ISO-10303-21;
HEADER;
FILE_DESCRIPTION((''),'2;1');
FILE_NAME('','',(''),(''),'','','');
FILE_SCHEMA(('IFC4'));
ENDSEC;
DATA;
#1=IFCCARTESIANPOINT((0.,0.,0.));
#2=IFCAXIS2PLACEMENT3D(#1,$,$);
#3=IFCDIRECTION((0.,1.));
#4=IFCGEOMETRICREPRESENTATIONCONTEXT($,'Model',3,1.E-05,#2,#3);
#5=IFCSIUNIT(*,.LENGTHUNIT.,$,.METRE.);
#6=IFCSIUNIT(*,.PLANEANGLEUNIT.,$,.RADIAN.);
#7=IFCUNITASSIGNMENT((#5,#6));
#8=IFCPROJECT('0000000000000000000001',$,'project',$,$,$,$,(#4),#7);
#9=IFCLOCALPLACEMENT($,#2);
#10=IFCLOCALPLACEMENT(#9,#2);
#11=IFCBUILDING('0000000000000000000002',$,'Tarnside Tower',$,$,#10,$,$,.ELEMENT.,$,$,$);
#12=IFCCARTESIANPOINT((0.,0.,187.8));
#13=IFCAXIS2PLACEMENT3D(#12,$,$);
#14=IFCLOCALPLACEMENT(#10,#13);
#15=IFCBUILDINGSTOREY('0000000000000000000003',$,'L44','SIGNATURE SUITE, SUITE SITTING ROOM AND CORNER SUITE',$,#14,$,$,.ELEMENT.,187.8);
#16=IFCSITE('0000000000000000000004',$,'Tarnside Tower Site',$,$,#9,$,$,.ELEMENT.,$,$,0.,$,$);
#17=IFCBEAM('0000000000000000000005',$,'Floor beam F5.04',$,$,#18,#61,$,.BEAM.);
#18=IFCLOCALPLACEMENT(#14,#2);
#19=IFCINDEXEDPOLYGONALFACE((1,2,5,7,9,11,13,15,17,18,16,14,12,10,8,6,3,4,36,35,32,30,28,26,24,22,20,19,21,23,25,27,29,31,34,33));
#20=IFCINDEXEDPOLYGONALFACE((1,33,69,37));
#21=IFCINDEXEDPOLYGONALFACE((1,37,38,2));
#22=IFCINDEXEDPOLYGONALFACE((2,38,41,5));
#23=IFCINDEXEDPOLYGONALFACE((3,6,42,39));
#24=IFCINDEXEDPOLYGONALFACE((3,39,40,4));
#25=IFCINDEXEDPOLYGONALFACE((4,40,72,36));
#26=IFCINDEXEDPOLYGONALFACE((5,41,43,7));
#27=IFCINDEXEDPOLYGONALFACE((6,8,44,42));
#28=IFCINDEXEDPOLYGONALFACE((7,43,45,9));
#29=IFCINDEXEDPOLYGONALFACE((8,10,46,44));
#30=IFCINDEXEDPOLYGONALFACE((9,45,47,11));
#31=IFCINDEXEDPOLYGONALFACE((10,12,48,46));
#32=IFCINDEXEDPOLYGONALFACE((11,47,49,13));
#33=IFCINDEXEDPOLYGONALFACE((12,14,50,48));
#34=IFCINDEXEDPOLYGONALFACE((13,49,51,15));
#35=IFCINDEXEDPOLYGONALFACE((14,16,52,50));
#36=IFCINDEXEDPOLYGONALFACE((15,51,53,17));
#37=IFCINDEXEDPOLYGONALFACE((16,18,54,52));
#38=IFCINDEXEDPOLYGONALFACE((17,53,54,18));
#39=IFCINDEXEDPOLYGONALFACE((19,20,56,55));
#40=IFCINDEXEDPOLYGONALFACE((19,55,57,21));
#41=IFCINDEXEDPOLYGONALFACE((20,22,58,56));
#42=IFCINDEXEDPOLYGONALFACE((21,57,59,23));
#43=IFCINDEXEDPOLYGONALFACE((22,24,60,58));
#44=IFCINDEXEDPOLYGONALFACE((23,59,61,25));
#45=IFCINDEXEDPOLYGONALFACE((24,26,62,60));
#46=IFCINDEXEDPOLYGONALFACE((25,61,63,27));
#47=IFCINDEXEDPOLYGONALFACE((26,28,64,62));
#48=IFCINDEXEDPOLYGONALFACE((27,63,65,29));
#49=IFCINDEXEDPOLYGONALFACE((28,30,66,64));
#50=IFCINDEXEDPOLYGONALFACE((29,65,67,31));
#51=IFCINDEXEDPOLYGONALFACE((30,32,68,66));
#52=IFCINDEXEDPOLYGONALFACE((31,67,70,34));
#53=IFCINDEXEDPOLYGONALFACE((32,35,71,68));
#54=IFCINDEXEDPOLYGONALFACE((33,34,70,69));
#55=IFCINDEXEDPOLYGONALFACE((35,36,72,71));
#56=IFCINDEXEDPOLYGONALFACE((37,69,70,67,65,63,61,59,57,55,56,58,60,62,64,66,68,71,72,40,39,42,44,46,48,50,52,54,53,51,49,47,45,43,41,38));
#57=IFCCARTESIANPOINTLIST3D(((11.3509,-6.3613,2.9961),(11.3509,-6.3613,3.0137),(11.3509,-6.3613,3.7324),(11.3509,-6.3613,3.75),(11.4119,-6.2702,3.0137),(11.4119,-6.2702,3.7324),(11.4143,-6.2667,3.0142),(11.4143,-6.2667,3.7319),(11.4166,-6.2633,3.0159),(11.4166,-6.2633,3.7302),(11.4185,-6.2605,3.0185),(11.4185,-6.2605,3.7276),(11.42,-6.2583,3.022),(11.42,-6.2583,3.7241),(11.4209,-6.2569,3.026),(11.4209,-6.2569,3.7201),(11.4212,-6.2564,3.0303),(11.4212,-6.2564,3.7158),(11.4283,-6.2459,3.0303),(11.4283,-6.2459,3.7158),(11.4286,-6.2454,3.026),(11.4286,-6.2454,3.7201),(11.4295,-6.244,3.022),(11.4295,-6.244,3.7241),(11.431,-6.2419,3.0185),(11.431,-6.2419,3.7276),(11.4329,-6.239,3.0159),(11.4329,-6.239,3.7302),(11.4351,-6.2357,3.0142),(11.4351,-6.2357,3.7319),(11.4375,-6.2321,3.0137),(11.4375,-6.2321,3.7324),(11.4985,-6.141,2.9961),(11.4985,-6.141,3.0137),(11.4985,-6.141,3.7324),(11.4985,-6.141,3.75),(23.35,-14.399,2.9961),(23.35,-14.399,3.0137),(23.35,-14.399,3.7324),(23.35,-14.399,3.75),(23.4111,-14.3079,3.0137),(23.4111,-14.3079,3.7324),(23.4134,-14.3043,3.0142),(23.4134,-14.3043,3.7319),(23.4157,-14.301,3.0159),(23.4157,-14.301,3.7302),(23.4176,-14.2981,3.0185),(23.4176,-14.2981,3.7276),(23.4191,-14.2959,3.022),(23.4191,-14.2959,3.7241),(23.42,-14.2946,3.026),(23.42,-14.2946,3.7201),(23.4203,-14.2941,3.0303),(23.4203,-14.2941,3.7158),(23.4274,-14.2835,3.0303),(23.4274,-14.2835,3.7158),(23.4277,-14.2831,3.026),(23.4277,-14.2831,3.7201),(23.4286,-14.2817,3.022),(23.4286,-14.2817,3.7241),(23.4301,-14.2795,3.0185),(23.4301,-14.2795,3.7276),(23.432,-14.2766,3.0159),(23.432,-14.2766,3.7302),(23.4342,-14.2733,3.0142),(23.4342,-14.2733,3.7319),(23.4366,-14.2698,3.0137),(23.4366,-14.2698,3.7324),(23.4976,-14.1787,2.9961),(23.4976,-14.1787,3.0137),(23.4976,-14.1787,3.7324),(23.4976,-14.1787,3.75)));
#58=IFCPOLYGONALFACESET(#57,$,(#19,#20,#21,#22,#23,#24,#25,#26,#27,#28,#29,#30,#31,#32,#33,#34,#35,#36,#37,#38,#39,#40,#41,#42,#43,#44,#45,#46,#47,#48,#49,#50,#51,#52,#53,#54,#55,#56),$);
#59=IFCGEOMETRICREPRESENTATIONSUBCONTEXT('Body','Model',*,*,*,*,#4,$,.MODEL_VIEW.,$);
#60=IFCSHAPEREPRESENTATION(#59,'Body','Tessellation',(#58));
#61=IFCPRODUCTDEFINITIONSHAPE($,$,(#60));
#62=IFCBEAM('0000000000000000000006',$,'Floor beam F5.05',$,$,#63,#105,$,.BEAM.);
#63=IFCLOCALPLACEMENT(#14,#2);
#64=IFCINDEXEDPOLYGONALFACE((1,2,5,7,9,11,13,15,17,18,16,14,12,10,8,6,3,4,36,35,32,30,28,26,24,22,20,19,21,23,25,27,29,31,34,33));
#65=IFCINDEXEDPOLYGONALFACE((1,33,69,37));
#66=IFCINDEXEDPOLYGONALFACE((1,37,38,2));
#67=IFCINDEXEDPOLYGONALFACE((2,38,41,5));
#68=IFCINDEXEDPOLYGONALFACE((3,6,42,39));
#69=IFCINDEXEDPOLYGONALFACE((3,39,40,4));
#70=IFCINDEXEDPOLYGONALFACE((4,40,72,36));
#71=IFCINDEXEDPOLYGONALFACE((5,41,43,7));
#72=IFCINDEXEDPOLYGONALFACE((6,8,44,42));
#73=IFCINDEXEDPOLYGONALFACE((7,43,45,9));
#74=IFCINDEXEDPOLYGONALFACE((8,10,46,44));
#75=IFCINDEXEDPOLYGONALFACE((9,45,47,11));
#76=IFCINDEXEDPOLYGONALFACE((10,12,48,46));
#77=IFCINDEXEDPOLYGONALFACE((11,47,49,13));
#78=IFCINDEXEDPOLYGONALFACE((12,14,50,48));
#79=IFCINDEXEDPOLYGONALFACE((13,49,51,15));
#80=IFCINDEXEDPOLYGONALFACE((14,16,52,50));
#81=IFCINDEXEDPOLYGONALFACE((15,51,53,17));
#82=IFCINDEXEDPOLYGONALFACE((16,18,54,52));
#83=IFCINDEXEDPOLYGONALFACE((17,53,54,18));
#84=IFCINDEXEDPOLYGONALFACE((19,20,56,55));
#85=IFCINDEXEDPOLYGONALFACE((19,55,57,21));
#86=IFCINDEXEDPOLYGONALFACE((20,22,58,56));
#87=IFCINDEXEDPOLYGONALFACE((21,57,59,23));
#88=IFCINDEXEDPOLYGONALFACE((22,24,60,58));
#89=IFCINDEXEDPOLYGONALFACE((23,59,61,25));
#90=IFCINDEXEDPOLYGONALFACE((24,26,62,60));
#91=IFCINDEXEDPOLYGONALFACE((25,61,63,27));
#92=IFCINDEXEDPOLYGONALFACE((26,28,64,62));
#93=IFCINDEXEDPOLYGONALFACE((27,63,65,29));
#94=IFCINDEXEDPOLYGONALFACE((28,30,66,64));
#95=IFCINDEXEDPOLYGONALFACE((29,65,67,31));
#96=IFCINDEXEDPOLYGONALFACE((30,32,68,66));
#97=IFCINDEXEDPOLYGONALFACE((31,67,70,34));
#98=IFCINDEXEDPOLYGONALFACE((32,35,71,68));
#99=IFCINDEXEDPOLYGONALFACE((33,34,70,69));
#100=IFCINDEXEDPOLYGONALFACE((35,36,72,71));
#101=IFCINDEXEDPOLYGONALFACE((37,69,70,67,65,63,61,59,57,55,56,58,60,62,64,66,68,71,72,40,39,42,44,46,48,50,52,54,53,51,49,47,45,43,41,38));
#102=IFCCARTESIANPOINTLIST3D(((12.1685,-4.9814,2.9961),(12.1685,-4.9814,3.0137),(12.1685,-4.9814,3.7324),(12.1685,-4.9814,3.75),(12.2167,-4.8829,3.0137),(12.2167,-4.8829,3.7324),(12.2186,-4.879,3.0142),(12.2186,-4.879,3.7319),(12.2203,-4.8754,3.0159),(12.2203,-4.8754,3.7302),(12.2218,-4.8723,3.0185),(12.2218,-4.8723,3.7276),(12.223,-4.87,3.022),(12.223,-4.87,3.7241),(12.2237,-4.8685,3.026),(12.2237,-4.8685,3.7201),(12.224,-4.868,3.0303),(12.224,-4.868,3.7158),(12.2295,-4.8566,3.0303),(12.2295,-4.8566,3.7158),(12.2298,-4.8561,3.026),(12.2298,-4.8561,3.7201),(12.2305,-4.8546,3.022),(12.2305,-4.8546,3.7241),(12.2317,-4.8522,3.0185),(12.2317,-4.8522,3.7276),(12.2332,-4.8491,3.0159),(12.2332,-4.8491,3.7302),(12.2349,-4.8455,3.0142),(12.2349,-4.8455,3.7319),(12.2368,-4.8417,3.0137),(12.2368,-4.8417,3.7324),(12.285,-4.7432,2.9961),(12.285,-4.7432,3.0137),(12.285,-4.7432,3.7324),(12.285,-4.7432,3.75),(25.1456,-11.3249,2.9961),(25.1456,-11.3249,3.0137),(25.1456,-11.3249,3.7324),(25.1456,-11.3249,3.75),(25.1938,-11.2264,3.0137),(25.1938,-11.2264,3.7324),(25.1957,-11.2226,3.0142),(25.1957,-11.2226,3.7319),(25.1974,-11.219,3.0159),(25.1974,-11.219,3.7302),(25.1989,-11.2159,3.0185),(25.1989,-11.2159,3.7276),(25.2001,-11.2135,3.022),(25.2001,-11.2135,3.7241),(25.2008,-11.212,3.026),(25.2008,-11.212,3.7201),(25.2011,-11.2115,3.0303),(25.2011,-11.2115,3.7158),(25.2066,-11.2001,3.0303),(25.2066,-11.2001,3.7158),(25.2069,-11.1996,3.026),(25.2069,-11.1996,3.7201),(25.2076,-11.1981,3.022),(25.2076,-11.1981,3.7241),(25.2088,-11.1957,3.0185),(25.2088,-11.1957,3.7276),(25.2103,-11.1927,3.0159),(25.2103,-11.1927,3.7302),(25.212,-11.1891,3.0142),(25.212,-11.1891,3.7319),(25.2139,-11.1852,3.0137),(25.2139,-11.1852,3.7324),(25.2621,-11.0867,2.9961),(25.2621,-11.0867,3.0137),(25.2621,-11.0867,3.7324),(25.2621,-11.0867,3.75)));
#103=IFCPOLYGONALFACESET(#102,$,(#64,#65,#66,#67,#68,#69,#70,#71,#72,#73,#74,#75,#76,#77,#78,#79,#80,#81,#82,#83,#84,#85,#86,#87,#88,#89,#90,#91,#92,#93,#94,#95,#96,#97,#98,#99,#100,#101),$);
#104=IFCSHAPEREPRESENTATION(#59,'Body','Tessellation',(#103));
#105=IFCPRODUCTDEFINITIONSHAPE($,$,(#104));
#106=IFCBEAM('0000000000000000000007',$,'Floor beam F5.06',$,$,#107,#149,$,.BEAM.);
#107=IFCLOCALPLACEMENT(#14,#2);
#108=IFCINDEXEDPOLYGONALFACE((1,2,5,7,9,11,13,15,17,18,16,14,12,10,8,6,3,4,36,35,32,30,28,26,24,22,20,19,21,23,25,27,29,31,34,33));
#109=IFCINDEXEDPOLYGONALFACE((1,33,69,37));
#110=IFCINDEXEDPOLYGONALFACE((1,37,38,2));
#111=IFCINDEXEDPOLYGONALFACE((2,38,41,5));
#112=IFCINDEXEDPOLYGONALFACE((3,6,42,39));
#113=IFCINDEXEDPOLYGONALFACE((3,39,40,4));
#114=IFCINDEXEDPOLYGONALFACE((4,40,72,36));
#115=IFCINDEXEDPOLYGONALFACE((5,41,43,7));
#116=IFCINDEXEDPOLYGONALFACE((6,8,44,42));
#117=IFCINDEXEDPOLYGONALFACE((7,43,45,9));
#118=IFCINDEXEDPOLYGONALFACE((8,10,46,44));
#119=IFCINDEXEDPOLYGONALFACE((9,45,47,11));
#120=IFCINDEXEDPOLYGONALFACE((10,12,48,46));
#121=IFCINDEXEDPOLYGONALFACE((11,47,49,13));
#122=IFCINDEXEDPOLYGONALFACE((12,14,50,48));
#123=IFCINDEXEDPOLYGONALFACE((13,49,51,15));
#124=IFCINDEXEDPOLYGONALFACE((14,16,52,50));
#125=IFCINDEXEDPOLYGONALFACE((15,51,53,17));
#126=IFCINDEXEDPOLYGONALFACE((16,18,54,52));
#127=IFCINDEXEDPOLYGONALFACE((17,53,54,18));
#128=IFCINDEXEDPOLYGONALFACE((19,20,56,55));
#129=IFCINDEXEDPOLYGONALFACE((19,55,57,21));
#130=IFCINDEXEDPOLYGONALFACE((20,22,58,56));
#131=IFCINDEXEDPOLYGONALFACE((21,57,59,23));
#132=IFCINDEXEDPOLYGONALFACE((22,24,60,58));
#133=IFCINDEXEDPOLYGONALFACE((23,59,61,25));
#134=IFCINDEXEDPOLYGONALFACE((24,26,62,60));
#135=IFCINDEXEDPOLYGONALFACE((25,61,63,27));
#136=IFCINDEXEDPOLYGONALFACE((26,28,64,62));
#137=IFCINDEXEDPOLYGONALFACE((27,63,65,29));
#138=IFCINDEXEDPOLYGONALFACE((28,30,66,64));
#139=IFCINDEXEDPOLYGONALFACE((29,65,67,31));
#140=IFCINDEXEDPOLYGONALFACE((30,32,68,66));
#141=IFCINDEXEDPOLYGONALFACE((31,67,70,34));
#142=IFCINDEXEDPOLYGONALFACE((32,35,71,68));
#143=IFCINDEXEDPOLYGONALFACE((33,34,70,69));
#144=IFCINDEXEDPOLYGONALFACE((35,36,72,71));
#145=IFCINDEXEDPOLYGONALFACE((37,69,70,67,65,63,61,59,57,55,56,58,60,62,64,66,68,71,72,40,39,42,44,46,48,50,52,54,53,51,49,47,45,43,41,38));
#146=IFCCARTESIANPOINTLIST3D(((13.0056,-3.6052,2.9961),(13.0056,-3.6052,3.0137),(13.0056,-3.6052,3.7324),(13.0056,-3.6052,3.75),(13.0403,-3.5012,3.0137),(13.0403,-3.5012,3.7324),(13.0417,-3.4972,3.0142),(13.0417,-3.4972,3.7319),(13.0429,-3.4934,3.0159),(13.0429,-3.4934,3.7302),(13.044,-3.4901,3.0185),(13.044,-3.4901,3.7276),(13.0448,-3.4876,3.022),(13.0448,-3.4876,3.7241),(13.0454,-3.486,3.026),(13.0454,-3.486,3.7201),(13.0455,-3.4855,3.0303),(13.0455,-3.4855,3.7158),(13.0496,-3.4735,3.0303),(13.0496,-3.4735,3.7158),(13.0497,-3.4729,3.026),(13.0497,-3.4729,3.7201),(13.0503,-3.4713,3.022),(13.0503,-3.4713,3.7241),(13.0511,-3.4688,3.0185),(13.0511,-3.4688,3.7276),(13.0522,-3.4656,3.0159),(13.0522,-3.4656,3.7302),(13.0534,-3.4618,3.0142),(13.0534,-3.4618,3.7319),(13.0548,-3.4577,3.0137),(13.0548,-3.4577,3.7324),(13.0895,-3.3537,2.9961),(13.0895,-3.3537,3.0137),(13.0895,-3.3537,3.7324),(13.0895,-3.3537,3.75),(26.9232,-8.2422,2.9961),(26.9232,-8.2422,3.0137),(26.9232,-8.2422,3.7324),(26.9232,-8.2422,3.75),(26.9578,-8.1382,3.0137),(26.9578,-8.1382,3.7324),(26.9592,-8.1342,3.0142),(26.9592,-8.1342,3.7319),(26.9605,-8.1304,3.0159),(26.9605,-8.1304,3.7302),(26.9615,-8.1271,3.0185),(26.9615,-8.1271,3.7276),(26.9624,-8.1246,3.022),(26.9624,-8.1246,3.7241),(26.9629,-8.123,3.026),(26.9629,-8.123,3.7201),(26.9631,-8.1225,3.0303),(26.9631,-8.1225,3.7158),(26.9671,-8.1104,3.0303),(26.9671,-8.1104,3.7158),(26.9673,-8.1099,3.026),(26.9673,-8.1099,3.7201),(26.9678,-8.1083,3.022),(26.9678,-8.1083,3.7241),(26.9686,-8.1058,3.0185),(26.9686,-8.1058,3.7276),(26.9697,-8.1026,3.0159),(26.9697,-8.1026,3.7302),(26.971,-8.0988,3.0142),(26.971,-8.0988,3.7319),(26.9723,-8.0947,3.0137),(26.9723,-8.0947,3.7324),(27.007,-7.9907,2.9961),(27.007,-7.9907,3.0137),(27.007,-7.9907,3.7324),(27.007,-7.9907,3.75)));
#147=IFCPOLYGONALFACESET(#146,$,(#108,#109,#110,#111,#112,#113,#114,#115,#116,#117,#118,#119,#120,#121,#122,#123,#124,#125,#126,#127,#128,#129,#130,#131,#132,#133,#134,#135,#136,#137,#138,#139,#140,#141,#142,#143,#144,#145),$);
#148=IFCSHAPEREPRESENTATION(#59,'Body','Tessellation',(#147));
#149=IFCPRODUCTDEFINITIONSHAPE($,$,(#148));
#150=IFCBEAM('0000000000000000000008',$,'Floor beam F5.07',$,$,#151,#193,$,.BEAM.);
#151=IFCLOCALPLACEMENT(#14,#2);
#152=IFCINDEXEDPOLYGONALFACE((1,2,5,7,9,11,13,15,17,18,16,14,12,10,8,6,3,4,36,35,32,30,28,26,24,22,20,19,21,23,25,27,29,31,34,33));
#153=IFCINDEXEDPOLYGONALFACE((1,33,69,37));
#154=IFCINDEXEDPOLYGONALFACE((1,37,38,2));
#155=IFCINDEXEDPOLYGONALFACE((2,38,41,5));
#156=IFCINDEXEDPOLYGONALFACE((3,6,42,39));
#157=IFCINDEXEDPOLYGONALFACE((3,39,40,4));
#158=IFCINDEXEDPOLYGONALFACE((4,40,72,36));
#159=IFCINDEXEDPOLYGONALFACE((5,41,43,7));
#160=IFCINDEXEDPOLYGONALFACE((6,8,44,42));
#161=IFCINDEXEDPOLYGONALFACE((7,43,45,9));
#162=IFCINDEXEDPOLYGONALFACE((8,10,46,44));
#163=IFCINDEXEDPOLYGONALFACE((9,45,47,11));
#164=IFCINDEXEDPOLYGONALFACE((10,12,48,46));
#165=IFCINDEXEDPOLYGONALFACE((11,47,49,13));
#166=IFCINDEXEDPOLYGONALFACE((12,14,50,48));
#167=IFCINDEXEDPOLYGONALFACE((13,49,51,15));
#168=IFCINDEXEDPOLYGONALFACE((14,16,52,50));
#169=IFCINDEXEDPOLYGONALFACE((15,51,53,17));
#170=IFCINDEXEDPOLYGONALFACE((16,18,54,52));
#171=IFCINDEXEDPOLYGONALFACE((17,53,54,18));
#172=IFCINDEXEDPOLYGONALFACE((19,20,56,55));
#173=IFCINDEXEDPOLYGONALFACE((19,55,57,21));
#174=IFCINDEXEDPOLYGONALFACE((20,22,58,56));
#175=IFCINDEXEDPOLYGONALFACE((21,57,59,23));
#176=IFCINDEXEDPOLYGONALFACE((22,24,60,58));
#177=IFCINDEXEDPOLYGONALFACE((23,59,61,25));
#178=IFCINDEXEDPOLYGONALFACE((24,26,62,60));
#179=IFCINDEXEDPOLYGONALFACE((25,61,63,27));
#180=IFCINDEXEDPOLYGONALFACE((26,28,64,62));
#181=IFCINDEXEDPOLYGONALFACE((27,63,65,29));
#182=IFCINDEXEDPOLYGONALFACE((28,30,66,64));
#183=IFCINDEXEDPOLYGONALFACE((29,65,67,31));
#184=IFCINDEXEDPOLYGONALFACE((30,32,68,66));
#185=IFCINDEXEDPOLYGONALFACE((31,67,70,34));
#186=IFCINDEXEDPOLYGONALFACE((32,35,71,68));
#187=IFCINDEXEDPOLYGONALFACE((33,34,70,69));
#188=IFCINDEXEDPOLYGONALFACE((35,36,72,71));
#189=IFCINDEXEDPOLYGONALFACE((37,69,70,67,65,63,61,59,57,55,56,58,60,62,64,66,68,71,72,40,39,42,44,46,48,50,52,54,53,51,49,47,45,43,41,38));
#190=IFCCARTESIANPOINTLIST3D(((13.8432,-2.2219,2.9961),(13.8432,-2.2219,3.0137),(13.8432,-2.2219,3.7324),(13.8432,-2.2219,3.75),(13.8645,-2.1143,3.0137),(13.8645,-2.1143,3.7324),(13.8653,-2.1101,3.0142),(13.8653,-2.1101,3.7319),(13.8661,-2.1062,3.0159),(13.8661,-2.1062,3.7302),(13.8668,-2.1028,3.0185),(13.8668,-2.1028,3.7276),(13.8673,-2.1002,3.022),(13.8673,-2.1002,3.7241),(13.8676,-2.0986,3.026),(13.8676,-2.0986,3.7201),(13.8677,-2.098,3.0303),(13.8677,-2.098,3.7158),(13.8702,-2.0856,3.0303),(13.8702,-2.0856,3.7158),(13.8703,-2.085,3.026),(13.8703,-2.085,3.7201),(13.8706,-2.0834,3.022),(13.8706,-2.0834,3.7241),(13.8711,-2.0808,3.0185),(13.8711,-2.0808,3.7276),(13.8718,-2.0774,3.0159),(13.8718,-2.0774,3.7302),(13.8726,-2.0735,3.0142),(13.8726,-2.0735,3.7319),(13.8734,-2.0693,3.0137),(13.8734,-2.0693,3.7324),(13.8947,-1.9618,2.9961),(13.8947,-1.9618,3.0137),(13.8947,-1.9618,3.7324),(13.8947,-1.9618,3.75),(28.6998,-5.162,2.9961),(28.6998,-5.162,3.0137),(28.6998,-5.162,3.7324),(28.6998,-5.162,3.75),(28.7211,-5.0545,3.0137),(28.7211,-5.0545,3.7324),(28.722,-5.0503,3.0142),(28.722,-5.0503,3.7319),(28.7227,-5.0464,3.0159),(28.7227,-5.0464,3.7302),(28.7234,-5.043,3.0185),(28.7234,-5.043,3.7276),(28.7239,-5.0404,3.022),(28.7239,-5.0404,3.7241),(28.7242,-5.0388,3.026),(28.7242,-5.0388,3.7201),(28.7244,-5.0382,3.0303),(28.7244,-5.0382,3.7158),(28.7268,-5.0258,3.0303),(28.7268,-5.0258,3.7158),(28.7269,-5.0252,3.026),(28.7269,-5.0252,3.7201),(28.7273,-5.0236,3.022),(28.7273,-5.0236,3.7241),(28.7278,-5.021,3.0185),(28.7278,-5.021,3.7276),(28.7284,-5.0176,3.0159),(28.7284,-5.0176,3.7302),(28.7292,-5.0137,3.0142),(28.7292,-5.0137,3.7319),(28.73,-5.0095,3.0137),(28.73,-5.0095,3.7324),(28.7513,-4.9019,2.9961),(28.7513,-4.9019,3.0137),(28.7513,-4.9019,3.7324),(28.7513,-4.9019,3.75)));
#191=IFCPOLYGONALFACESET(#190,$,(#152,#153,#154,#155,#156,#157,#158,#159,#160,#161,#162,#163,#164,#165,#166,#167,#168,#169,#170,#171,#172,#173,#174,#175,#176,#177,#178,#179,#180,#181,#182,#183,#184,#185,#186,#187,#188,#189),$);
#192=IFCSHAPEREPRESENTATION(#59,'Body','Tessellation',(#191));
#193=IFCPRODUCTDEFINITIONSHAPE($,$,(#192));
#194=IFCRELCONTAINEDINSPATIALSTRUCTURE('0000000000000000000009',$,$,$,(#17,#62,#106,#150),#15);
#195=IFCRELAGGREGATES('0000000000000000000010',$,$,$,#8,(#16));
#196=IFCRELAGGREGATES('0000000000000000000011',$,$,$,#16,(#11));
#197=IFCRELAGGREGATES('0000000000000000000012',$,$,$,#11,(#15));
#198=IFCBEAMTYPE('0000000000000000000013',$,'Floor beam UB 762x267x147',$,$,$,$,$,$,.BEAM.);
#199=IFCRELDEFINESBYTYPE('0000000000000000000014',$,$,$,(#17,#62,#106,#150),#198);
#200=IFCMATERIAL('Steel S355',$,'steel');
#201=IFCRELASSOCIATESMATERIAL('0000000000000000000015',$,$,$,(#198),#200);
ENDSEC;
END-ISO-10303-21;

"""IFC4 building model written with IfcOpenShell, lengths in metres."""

from ifc_helpers import new_model, si_unit, direction, frame, origin, origin_2d, place, context, subcontext, project, spatial, i_section, extrude, material, material_profile, profile_set, type_object, element, save


model = new_model("IFC4")

# Units and contexts
model_context = context("Model", 3, precision=1e-05, world=origin(), true_north=direction((0.0, 1.0)))
body_context = subcontext(model_context, "Body", "Model", "MODEL_VIEW")
ifc_project = project(units=[si_unit("LENGTHUNIT", "METRE"), si_unit("PLANEANGLEUNIT", "RADIAN")], contexts=[model_context])

# Site, building, storey
site_placement = place(None, origin())
site = spatial("IfcSite", under=ifc_project, at=site_placement, Name="Tarnside Tower Site", CompositionType="ELEMENT", RefElevation=0.0)
building_placement = place(site_placement, origin())
building = spatial("IfcBuilding", under=site, at=building_placement, Name="Tarnside Tower", CompositionType="ELEMENT")
storey_placement = place(building_placement, frame((0.0, 0.0, 187.8)))
storey = spatial("IfcBuildingStorey", under=building, at=storey_placement, Name="L44", Description="SIGNATURE SUITE, SUITE SITTING ROOM AND CORNER SUITE", CompositionType="ELEMENT", Elevation=187.8)

# Beams
ifc_material_1 = material(Name="Steel S355", Category="steel")
ifc_material_profile_1 = material_profile(ifc_material_1, i_section(OverallWidth=0.2651, OverallDepth=0.7539, WebThickness=0.0127, FlangeThickness=0.0176, FilletRadius=0.0166, at=origin_2d()), Name="UB 762x267x147")
ifc_profile_set_1 = profile_set([ifc_material_profile_1], Name="Steel S355")
beam_type_1 = type_object("IfcBeamType", Name="Floor beam UB 762x267x147", PredefinedType="BEAM", material=ifc_profile_set_1)
beam_1_placement = place(storey_placement, frame((23.4238, -14.2888, 3.373), z_axis=(-0.830826, 0.556532, 0.0), x_axis=(-0.556532, -0.830826, 0.0)))
element("IfcBeam", 1, at=beam_1_placement, inside=storey, type_object=beam_type_1, Name="Floor beam F5.04", PredefinedType="BEAM", context=body_context, shape_type="SweptSolid", body=[
    extrude(i_section(OverallWidth=0.2651, OverallDepth=0.7539, WebThickness=0.0127, FlangeThickness=0.0176, FilletRadius=0.0166, at=origin_2d()), origin(), (0.0, 0.0, 1.0), 14.4424),
])
beam_2_placement = place(storey_placement, frame((25.2039, -11.2058, 3.373), z_axis=(-0.898407, 0.439164, 0.0), x_axis=(-0.439164, -0.898407, 0.0)))
element("IfcBeam", 2, at=beam_2_placement, inside=storey, type_object=beam_type_1, Name="Floor beam F5.05", PredefinedType="BEAM", context=body_context, shape_type="SweptSolid", body=[
    extrude(i_section(OverallWidth=0.2651, OverallDepth=0.7539, WebThickness=0.0127, FlangeThickness=0.0176, FilletRadius=0.0166, at=origin_2d()), origin(), (0.0, 0.0, 1.0), 14.4446),
])
beam_3_placement = place(storey_placement, frame((26.9651, -8.1165, 3.373), z_axis=(-0.948728, 0.316093, 0.0), x_axis=(-0.316093, -0.948728, 0.0)))
element("IfcBeam", 3, at=beam_3_placement, inside=storey, type_object=beam_type_1, Name="Floor beam F5.06", PredefinedType="BEAM", context=body_context, shape_type="SweptSolid", body=[
    extrude(i_section(OverallWidth=0.2651, OverallDepth=0.7539, WebThickness=0.0127, FlangeThickness=0.0176, FilletRadius=0.0166, at=origin_2d()), origin(), (0.0, 0.0, 1.0), 14.6697),
])
beam_4_placement = place(storey_placement, frame((28.7256, -5.032, 3.373), z_axis=(-0.980974, 0.194138, 0.0), x_axis=(-0.194138, -0.980974, 0.0)))
element("IfcBeam", 4, at=beam_4_placement, inside=storey, type_object=beam_type_1, Name="Floor beam F5.07", PredefinedType="BEAM", context=body_context, shape_type="SweptSolid", body=[
    extrude(i_section(OverallWidth=0.2651, OverallDepth=0.7539, WebThickness=0.0127, FlangeThickness=0.0176, FilletRadius=0.0166, at=origin_2d()), origin(), (0.0, 0.0, 1.0), 15.1448),
])

save(model, "model.ifc")
